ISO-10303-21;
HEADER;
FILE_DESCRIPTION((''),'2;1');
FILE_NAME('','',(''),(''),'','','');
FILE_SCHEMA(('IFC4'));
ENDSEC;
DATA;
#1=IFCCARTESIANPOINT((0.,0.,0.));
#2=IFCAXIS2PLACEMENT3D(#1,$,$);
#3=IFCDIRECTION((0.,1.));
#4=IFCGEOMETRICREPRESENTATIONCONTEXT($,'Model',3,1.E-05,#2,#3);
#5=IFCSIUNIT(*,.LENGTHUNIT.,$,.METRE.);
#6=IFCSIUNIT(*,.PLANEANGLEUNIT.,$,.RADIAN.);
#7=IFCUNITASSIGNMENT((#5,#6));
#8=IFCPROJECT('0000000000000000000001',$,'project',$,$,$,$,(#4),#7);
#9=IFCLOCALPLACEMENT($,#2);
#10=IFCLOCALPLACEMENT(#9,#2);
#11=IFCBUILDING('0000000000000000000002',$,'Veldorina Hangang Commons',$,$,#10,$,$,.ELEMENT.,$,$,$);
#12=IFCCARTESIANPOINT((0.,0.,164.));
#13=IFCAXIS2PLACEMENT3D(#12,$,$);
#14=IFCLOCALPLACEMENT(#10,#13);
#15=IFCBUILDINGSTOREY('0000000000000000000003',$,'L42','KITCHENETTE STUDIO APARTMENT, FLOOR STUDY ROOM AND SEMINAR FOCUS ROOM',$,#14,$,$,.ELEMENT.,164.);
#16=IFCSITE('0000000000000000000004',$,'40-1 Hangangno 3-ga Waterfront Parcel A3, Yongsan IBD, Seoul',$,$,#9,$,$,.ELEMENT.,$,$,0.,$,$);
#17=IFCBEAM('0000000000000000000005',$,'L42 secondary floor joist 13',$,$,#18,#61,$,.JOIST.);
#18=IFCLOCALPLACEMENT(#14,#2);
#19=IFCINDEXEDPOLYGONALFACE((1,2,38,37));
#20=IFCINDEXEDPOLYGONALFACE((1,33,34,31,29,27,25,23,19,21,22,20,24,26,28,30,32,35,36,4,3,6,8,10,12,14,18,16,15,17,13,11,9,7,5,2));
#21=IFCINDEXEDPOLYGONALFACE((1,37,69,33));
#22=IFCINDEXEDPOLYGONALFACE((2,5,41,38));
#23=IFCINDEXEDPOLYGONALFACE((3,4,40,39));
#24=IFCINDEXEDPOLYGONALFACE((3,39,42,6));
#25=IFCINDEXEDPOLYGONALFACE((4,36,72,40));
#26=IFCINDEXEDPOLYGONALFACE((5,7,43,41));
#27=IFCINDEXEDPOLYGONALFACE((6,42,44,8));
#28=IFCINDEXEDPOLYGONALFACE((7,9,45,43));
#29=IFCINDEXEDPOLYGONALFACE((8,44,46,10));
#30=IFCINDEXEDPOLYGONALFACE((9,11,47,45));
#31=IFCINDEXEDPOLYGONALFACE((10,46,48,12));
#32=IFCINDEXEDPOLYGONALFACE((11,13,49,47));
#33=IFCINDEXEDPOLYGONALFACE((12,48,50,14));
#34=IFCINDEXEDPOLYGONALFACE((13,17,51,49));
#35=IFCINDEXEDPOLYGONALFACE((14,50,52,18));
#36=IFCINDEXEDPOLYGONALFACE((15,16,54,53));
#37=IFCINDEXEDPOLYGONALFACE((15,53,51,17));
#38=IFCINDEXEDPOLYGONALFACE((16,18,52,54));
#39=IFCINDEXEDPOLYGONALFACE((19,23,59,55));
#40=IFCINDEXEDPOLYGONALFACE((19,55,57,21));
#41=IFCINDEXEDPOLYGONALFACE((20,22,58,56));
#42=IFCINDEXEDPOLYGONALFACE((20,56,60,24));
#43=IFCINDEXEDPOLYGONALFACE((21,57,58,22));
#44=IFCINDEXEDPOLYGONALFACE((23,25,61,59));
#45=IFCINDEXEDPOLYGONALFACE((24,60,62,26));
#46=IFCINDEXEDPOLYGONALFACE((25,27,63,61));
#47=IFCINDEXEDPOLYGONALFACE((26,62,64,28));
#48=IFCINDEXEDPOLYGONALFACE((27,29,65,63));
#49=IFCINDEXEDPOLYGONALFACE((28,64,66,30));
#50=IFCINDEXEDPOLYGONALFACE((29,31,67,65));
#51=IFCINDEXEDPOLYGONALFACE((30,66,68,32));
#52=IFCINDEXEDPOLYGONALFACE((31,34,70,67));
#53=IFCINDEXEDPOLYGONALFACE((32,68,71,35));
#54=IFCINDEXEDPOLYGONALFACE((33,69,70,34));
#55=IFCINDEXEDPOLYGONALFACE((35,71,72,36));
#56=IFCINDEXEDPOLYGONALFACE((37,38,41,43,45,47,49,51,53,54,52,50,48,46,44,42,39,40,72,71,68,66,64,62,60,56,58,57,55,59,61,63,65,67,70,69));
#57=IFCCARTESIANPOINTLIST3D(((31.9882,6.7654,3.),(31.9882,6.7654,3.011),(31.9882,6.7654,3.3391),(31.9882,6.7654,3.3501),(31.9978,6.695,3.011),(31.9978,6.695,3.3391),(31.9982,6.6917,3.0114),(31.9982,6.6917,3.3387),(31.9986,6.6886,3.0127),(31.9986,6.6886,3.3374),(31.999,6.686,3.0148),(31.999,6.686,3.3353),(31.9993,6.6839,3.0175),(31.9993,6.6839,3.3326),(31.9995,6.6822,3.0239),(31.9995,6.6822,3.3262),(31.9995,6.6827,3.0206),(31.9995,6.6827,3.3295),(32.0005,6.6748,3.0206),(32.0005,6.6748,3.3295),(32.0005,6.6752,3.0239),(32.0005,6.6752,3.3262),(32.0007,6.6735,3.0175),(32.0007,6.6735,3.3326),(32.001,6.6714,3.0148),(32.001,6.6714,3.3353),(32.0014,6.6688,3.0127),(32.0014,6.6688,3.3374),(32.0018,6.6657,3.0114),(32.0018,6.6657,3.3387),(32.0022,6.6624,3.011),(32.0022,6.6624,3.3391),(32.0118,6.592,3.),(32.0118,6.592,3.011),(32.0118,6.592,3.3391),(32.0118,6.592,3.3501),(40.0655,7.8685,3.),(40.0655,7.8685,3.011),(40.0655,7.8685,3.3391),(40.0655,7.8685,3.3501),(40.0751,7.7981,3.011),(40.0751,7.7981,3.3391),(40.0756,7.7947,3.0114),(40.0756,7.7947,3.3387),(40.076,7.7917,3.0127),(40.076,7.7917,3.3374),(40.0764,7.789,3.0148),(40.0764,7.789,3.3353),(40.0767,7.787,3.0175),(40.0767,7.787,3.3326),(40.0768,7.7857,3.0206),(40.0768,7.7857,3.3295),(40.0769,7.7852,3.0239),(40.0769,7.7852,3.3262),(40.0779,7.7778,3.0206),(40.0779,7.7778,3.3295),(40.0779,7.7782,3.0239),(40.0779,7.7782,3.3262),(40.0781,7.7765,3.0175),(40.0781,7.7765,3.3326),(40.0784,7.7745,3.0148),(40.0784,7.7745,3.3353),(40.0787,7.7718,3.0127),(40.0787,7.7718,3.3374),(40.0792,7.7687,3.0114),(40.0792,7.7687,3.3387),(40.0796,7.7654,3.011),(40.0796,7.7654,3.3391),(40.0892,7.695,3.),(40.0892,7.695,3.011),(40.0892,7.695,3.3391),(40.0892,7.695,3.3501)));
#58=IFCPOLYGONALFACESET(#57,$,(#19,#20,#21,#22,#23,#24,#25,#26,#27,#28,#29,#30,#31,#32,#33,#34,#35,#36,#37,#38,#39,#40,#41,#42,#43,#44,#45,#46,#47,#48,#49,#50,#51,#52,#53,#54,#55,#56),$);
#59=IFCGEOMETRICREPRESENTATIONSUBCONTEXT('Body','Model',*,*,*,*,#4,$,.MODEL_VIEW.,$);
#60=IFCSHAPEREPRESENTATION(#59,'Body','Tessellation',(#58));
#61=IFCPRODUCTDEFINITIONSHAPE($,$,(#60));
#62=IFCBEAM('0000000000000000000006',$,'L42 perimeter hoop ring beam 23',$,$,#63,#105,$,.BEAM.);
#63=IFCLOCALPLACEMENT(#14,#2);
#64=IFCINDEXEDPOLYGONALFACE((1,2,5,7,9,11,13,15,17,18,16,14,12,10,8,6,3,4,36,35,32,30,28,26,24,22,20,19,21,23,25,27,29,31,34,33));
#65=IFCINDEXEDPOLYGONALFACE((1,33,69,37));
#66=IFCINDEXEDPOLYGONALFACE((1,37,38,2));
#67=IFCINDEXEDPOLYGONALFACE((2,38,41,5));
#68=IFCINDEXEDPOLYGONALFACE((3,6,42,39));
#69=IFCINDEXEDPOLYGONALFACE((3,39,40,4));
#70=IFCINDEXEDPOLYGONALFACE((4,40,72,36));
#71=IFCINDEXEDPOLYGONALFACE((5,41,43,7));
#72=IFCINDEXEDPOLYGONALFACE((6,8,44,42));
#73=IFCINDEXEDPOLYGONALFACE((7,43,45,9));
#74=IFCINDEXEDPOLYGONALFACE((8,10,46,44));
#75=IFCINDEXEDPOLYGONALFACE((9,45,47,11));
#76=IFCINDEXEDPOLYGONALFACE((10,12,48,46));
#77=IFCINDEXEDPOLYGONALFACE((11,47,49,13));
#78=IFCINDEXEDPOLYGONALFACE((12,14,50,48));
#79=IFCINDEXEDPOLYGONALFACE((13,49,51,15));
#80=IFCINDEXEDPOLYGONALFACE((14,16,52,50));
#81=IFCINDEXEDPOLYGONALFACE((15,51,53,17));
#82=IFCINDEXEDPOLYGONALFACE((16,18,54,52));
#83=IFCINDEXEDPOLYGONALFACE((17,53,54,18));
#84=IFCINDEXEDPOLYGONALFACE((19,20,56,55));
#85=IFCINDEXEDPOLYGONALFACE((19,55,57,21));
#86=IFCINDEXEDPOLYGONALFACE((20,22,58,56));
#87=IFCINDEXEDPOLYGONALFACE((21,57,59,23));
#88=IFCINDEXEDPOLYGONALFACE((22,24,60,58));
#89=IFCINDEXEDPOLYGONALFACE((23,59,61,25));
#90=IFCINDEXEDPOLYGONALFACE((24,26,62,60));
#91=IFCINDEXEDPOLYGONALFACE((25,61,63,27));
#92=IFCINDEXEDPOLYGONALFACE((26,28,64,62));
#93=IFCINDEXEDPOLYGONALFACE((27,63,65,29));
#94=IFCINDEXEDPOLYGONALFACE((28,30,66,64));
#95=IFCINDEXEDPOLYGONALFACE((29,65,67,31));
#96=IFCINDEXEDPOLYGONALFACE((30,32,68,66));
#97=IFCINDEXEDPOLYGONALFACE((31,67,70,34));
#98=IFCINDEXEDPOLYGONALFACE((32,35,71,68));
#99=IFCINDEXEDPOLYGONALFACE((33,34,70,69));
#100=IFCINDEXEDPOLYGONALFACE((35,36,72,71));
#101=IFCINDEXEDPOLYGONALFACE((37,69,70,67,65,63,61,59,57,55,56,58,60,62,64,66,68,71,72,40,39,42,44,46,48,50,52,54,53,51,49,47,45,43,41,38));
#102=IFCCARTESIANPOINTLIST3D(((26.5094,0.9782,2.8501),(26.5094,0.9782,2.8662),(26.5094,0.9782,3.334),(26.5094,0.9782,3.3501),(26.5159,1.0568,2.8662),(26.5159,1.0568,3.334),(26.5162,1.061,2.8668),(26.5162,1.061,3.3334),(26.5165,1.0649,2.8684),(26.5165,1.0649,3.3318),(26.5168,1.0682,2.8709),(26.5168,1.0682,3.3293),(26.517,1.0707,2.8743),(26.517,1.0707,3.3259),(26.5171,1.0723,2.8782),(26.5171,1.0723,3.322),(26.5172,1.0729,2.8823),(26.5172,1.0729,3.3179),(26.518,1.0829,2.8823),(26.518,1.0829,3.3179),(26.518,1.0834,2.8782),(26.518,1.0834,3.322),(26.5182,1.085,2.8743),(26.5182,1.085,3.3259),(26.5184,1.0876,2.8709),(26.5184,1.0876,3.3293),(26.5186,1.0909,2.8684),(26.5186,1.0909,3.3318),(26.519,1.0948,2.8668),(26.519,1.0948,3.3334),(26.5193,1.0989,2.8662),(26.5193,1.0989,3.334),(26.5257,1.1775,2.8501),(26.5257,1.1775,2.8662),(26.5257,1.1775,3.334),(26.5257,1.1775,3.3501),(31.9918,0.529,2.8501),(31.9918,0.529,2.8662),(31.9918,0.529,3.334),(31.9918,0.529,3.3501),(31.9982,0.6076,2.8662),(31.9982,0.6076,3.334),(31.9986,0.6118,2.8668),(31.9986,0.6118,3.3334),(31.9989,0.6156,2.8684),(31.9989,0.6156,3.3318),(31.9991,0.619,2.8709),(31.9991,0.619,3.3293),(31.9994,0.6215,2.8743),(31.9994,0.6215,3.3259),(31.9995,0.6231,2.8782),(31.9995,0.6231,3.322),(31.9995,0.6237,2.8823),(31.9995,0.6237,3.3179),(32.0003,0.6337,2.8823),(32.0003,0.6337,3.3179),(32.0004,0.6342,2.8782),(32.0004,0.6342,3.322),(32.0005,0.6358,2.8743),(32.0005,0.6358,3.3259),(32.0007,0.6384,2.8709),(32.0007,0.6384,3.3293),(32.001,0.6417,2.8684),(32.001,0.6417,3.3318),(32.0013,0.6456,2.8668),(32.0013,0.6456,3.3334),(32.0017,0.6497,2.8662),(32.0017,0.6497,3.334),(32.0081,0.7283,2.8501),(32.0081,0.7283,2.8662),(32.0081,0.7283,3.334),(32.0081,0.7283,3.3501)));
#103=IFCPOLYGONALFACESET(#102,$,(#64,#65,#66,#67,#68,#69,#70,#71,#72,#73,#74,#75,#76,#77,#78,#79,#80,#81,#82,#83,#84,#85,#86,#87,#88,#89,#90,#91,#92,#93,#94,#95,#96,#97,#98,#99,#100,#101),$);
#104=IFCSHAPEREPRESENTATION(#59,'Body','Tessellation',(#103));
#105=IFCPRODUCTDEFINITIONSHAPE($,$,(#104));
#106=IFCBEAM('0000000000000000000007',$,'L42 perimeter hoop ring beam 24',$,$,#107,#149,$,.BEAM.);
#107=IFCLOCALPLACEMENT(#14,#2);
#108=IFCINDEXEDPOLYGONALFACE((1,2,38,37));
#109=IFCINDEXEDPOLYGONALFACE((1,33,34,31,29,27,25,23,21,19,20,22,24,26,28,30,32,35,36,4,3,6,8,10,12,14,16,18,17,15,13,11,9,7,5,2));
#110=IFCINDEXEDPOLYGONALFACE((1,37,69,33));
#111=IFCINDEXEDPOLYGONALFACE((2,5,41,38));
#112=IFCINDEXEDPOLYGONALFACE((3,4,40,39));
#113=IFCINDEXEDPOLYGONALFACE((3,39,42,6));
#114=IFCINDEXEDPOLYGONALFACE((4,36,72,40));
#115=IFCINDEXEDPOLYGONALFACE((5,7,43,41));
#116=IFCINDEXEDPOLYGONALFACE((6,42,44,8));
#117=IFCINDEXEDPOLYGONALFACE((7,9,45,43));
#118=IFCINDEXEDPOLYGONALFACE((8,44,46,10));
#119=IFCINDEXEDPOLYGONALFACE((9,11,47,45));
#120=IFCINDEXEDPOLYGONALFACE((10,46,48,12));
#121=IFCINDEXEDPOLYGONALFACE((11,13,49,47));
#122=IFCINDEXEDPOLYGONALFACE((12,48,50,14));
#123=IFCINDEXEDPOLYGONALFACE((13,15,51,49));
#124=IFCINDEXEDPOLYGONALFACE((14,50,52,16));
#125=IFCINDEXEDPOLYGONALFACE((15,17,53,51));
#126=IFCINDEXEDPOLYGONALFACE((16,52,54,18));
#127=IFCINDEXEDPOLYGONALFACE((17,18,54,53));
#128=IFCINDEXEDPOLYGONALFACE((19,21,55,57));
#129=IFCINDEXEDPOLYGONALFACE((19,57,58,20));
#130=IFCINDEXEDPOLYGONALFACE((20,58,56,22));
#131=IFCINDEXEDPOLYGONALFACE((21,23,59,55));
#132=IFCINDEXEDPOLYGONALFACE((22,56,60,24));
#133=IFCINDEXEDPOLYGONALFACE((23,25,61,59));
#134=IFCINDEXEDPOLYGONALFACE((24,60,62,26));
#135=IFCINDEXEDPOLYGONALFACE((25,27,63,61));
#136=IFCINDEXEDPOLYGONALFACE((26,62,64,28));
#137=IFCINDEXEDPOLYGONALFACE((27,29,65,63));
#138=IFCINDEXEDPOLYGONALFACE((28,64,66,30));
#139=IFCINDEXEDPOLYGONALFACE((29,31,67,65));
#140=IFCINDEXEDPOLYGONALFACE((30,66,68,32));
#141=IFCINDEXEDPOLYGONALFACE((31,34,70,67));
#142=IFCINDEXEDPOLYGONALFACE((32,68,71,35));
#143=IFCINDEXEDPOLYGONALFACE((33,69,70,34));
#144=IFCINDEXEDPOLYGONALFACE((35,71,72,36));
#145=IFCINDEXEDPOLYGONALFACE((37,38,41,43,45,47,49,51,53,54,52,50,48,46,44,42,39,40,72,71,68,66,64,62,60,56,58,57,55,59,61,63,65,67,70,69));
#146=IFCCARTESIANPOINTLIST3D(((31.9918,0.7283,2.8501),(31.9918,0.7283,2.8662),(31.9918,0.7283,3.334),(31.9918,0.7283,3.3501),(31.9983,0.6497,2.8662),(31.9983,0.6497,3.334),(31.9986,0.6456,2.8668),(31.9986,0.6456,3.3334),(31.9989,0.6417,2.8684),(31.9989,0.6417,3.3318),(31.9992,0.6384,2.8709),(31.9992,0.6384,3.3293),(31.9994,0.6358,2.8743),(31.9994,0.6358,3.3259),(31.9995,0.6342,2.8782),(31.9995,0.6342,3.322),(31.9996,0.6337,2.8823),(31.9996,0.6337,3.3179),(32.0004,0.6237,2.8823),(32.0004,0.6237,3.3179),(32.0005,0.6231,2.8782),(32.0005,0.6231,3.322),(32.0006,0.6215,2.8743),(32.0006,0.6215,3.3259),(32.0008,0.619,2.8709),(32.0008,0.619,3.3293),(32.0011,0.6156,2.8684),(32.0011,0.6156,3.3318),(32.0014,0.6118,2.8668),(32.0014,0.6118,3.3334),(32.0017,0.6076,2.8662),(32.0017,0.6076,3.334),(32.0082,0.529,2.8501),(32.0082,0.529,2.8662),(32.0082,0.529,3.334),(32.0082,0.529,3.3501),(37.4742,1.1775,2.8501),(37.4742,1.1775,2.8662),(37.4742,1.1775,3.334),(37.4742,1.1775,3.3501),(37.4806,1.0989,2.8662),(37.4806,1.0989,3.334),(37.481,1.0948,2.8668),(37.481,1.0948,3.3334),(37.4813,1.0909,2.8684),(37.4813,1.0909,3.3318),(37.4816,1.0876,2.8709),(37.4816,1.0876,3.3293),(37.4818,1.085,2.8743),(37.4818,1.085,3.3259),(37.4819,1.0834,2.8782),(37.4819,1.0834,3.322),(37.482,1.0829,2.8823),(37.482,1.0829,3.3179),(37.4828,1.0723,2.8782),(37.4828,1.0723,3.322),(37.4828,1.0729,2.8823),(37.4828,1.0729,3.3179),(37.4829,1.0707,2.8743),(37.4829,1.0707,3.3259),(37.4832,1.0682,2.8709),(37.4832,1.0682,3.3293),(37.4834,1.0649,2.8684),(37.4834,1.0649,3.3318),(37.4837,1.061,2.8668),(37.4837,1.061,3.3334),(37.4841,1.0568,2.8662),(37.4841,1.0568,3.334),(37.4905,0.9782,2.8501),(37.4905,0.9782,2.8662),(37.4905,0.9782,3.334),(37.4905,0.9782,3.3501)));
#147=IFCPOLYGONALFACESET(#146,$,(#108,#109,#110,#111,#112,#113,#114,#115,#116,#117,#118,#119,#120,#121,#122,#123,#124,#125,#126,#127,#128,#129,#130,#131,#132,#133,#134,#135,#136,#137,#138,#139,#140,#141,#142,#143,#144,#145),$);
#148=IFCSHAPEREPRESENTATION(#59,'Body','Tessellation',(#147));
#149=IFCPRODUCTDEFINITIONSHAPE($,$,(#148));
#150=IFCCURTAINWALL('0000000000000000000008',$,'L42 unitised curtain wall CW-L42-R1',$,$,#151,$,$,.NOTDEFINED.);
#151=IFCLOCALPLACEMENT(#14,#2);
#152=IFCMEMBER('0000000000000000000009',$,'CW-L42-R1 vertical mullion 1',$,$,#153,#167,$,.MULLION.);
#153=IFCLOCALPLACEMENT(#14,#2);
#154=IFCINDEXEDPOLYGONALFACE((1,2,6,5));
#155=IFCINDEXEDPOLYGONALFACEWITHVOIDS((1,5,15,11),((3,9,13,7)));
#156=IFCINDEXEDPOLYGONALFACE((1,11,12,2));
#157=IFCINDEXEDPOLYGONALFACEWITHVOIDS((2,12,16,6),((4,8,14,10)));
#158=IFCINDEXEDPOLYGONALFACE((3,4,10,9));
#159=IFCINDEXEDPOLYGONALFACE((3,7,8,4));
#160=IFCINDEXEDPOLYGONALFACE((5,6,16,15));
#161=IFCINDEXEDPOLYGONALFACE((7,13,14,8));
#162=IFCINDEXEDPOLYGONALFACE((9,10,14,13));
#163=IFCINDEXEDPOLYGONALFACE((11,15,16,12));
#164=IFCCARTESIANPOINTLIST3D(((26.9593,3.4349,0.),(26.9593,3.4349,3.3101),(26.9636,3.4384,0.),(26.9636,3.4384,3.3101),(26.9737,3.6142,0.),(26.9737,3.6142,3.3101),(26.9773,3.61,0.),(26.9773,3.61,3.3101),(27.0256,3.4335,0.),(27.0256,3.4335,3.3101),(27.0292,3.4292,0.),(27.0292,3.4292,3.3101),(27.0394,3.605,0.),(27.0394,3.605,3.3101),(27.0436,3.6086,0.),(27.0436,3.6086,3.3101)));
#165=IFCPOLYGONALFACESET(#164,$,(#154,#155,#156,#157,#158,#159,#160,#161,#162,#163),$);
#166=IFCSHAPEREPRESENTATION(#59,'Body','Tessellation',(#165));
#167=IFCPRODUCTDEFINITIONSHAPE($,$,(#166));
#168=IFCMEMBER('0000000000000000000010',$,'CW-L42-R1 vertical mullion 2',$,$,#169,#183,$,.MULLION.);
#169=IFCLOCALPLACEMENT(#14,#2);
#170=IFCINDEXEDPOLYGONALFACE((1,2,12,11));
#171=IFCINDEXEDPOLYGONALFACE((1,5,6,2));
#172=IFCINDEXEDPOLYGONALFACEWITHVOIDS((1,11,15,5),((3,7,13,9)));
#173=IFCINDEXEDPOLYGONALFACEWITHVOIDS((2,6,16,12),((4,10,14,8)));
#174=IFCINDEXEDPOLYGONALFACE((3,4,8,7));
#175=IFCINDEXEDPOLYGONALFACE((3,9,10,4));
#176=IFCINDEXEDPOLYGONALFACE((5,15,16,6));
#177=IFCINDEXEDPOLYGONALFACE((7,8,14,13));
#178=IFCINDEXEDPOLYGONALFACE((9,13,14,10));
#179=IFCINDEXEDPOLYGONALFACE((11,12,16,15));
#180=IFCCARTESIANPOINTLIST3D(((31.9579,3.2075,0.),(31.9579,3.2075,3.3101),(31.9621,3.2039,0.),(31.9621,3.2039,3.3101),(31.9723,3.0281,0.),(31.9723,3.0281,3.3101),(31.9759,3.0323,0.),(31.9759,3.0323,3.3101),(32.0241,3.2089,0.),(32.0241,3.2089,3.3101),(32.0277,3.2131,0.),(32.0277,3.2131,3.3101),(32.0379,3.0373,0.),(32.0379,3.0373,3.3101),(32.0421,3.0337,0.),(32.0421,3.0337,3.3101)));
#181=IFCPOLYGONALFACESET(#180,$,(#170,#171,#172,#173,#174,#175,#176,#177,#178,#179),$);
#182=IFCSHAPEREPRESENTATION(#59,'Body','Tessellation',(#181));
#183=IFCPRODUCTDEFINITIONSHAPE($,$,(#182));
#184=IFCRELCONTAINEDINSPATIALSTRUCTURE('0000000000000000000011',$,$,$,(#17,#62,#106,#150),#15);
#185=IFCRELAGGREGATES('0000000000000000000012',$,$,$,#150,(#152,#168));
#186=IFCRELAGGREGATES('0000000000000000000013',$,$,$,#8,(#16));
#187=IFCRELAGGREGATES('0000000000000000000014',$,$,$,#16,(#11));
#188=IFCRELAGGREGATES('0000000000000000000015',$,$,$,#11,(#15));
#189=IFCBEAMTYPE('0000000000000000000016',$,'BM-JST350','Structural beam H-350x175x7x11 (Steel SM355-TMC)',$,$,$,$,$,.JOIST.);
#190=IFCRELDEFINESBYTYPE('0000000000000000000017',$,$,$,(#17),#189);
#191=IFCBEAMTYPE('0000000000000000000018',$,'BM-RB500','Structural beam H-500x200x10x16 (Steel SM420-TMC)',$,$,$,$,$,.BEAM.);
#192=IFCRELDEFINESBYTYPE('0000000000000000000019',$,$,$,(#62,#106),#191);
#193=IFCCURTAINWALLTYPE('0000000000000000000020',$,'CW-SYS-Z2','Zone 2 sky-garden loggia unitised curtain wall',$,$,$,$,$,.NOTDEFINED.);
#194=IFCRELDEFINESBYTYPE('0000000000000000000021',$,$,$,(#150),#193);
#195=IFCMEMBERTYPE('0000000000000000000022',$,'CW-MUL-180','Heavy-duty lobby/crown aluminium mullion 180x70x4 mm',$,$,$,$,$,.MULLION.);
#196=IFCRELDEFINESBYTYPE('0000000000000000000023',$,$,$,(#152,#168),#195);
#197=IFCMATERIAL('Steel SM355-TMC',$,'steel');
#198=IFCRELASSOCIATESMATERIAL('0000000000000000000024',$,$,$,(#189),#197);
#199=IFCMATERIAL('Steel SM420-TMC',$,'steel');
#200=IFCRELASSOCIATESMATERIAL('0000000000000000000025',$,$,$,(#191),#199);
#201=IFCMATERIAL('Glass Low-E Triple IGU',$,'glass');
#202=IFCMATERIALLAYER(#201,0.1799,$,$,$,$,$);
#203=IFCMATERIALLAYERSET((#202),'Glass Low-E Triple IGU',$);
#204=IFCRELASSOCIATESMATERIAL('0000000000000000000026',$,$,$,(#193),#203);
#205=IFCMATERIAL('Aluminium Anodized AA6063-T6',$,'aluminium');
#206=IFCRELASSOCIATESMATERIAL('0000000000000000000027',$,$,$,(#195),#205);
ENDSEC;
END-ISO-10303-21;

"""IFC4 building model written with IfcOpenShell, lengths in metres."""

from ifc_helpers import new_model, si_unit, direction, frame, origin, origin_2d, place, context, subcontext, project, spatial, hollow_rectangle, i_section, extrude, material, layer, layer_set, material_profile, profile_set, type_object, element, aggregate, save


model = new_model("IFC4")

# Units and contexts
model_context = context("Model", 3, precision=1e-05, world=origin(), true_north=direction((0.0, 1.0)))
body_context = subcontext(model_context, "Body", "Model", "MODEL_VIEW")
ifc_project = project(units=[si_unit("LENGTHUNIT", "METRE"), si_unit("PLANEANGLEUNIT", "RADIAN")], contexts=[model_context])

# Site, building, storey
site_placement = place(None, origin())
site = spatial("IfcSite", under=ifc_project, at=site_placement, Name="40-1 Hangangno 3-ga Waterfront Parcel A3, Yongsan IBD, Seoul", CompositionType="ELEMENT", RefElevation=0.0)
building_placement = place(site_placement, origin())
building = spatial("IfcBuilding", under=site, at=building_placement, Name="Veldorina Hangang Commons", CompositionType="ELEMENT")
storey_placement = place(building_placement, frame((0.0, 0.0, 164.0)))
storey = spatial("IfcBuildingStorey", under=building, at=storey_placement, Name="L42", Description="KITCHENETTE STUDIO APARTMENT, FLOOR STUDY ROOM AND SEMINAR FOCUS ROOM", CompositionType="ELEMENT", Elevation=164.0)

# Beams
ifc_material_1 = material(Name="Steel SM355-TMC", Category="steel")
ifc_material_profile_1 = material_profile(ifc_material_1, i_section(OverallWidth=0.175, OverallDepth=0.3501, WebThickness=0.0071, FlangeThickness=0.011, FilletRadius=0.0129, at=origin_2d()), Name="H-350x175x7x11")
ifc_profile_set_1 = profile_set([ifc_material_profile_1], Name="Steel SM355-TMC")
beam_type_1 = type_object("IfcBeamType", Name="BM-JST350", Description="Structural beam H-350x175x7x11 (Steel SM355-TMC)", PredefinedType="JOIST", material=ifc_profile_set_1)
beam_placement = place(storey_placement, frame((32.0, 6.6787, 3.175), z_axis=(0.990804, 0.135302, 0.0), x_axis=(-0.135302, 0.990804, 0.0)))
element("IfcBeam", 1, at=beam_placement, inside=storey, type_object=beam_type_1, Name="L42 secondary floor joist 13", PredefinedType="JOIST", context=body_context, shape_type="SweptSolid", body=[
    extrude(i_section(OverallWidth=0.175, OverallDepth=0.3501, WebThickness=0.0071, FlangeThickness=0.011, FilletRadius=0.0129, at=origin_2d()), origin(), (0.0, 0.0, 1.0), 8.1523),
])
ifc_material_2 = material(Name="Steel SM420-TMC", Category="steel")
ifc_material_profile_2 = material_profile(ifc_material_2, i_section(OverallWidth=0.2, OverallDepth=0.5, WebThickness=0.01, FlangeThickness=0.0161, FilletRadius=0.0161, at=origin_2d()), Name="H-500x200x10x16")
ifc_profile_set_2 = profile_set([ifc_material_profile_2], Name="Steel SM420-TMC")
beam_type_2 = type_object("IfcBeamType", Name="BM-RB500", Description="Structural beam H-500x200x10x16 (Steel SM420-TMC)", PredefinedType="BEAM", material=ifc_profile_set_2)
for number, where, z_axis, x_axis, name in (
    (2, (26.5176, 1.0779, 3.1001), (0.99666, -0.081664, 0.0), (0.081664, 0.99666, 0.0), "L42 perimeter hoop ring beam 23"),
    (3, (32.0, 0.6287, 3.1001), (0.99666, 0.081664, 0.0), (-0.081664, 0.99666, 0.0), "L42 perimeter hoop ring beam 24"),
):
    element("IfcBeam", number, at=place(storey_placement, frame(where, z_axis=z_axis, x_axis=x_axis)), inside=storey, type_object=beam_type_2, Name=name, PredefinedType="BEAM", context=body_context, shape_type="SweptSolid", body=[
        extrude(i_section(OverallWidth=0.2, OverallDepth=0.5, WebThickness=0.01, FlangeThickness=0.0161, FilletRadius=0.0161, at=origin_2d()), origin(), (0.0, 0.0, 1.0), 5.5007),
    ])

# Curtain wall, members
ifc_material_3 = material(Name="Glass Low-E Triple IGU", Category="glass")
ifc_layer_1 = layer(ifc_material_3, 0.1799)
ifc_layer_set_1 = layer_set([ifc_layer_1], Name="Glass Low-E Triple IGU")
curtain_wall_type = type_object("IfcCurtainWallType", Name="CW-SYS-Z2", Description="Zone 2 sky-garden loggia unitised curtain wall", PredefinedType="NOTDEFINED", material=ifc_layer_set_1)
curtain_wall_placement = place(storey_placement, origin())
curtain_wall = element("IfcCurtainWall", 4, at=curtain_wall_placement, inside=storey, type_object=curtain_wall_type, Name="L42 unitised curtain wall CW-L42-R1", PredefinedType="NOTDEFINED")
ifc_material_4 = material(Name="Aluminium Anodized AA6063-T6", Category="aluminium")
ifc_material_profile_3 = material_profile(ifc_material_4, hollow_rectangle(XDim=0.0701, YDim=0.1799, WallThickness=0.0039, at=origin_2d()), Name="ALU-RHS-180x70x4")
ifc_profile_set_3 = profile_set([ifc_material_profile_3], Name="Aluminium Anodized AA6063-T6")
member_type_1 = type_object("IfcMemberType", Name="CW-MUL-180", Description="Heavy-duty lobby/crown aluminium mullion 180x70x4 mm", PredefinedType="MULLION", material=ifc_profile_set_3)
member_1_placement = place(storey_placement, frame((27.0015, 3.5217, 0.0), z_axis=(0.0, 0.0, 1.0), x_axis=(0.996794, -0.080008, 0.0)))
member_1 = element("IfcMember", 5, at=member_1_placement, type_object=member_type_1, Name="CW-L42-R1 vertical mullion 1", PredefinedType="MULLION", context=body_context, shape_type="SweptSolid", body=[
    extrude(hollow_rectangle(XDim=0.0701, YDim=0.1799, WallThickness=0.0039, at=origin_2d()), origin(), (0.0, 0.0, 1.0), 3.3101),
])
member_2_placement = place(storey_placement, frame((32.0, 3.1206, 0.0), z_axis=(0.0, 0.0, 1.0), x_axis=(0.996794, 0.080008, 0.0)))
member_2 = element("IfcMember", 6, at=member_2_placement, type_object=member_type_1, Name="CW-L42-R1 vertical mullion 2", PredefinedType="MULLION", context=body_context, shape_type="SweptSolid", body=[
    extrude(hollow_rectangle(XDim=0.0701, YDim=0.1799, WallThickness=0.0039, at=origin_2d()), origin(), (0.0, 0.0, 1.0), 3.3101),
])

aggregate(curtain_wall, [member_1, member_2])

save(model, "model.ifc")
